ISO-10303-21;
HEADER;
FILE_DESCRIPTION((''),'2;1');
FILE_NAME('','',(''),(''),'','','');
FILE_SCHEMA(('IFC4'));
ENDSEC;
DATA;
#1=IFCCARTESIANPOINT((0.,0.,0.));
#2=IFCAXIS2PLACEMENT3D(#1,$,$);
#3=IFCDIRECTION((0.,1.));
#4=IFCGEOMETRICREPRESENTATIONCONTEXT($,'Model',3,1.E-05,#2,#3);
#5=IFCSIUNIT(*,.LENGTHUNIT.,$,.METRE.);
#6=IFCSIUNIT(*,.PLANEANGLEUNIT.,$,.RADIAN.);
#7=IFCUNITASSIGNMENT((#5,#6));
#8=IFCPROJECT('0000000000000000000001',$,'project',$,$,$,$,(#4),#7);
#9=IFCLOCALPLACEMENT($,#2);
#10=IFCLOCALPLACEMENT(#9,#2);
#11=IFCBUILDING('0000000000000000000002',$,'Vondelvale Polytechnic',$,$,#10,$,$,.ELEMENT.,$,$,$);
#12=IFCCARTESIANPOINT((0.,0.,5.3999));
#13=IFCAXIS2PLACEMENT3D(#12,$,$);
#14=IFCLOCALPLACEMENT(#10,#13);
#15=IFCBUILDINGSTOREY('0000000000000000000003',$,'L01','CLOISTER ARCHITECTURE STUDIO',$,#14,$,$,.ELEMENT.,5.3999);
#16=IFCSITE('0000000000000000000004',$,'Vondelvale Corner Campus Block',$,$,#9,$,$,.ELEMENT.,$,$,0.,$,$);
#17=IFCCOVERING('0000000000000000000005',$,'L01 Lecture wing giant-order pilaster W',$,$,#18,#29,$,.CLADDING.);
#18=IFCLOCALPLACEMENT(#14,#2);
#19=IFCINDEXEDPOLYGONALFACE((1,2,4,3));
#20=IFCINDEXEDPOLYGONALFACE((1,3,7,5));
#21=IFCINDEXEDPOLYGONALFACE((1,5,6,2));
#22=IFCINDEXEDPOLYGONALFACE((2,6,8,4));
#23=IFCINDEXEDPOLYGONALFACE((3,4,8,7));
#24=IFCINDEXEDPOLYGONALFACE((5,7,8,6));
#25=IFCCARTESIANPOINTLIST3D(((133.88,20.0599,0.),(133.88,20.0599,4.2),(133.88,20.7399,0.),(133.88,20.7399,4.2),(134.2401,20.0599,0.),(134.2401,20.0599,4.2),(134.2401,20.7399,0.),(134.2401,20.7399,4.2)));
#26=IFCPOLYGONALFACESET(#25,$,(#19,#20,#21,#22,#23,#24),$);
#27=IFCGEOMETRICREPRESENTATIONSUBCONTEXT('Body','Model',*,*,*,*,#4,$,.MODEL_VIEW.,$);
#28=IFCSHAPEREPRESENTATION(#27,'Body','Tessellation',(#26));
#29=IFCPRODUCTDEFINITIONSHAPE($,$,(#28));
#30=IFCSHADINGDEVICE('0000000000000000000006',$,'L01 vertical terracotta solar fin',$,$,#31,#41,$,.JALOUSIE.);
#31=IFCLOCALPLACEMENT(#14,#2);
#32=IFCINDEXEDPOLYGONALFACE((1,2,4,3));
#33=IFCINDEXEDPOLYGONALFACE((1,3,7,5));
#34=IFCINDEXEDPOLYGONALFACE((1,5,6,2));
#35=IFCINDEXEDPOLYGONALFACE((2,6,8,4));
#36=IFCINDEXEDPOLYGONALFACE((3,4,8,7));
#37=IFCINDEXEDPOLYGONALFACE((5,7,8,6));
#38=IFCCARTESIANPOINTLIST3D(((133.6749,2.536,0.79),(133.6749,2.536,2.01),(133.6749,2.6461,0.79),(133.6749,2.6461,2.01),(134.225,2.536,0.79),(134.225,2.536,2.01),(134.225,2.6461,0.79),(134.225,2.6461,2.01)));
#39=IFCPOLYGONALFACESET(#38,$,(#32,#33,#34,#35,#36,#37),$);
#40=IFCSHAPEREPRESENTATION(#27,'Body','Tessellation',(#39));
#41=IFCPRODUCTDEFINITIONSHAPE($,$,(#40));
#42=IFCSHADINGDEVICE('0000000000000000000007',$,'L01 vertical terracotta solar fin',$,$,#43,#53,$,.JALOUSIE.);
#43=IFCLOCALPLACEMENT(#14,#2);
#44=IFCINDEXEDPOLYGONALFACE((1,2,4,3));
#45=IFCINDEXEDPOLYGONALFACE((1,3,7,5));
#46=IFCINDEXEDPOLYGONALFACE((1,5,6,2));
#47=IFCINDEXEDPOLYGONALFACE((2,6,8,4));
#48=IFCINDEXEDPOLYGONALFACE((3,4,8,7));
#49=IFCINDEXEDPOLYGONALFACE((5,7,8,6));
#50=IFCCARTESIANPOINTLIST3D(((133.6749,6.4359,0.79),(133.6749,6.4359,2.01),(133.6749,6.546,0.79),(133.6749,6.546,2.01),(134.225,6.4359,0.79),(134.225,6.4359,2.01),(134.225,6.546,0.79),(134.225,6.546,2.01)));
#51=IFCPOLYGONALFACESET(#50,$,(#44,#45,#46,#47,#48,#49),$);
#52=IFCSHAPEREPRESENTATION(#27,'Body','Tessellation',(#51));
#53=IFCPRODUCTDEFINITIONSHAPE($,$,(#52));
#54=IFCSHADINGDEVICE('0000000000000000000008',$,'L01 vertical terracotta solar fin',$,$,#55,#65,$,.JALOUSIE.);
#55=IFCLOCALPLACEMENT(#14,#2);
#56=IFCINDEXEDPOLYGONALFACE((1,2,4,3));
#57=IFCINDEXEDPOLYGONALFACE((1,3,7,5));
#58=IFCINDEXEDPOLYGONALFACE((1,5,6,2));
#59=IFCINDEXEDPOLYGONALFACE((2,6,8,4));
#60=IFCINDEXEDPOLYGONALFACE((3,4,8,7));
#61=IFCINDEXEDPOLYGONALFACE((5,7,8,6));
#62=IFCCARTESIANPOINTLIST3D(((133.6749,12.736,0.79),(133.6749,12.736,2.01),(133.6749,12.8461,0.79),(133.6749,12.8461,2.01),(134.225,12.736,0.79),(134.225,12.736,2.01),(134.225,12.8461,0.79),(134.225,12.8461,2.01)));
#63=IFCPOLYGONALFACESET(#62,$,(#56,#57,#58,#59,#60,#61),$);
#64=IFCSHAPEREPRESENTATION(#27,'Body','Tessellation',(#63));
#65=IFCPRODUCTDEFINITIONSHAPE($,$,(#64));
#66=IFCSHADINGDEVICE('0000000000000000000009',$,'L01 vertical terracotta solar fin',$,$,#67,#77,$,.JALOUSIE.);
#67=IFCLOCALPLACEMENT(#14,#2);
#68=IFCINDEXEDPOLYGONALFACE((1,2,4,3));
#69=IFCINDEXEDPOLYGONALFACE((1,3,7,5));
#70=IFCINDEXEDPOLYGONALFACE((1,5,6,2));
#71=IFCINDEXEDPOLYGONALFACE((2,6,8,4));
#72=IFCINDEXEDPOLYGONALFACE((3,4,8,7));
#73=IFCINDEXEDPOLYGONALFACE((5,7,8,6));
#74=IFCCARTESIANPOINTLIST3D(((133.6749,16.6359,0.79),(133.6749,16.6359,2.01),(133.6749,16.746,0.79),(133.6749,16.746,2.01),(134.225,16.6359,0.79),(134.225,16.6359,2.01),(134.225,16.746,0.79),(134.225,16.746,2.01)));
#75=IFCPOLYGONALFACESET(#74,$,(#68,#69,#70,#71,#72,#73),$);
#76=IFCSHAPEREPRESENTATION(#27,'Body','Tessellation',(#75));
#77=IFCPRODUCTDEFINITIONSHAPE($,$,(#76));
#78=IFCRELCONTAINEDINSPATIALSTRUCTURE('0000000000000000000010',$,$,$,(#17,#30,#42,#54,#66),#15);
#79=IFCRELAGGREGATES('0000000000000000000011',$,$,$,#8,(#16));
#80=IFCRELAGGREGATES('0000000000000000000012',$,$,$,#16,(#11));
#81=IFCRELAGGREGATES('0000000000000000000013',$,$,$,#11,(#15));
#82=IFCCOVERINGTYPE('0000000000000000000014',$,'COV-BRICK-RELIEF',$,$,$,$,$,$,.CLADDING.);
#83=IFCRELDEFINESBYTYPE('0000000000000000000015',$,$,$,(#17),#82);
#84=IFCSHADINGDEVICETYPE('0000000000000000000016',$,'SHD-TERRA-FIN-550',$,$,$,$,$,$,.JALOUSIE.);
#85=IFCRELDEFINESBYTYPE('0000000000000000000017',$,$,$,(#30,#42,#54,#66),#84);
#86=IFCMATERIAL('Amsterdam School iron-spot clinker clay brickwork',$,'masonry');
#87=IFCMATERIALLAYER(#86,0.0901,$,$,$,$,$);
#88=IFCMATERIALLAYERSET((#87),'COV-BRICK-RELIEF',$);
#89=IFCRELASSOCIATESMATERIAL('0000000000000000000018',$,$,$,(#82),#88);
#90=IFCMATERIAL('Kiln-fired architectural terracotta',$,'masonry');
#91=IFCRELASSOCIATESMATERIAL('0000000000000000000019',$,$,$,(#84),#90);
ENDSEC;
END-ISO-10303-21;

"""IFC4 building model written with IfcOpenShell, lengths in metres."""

from ifc_helpers import new_model, si_unit, direction, frame, origin, origin_2d, place, context, subcontext, project, spatial, rectangle, extrude, material, layer, layer_set, type_object, element, save


model = new_model("IFC4")

# Units and contexts
model_context = context("Model", 3, precision=1e-05, world=origin(), true_north=direction((0.0, 1.0)))
body_context = subcontext(model_context, "Body", "Model", "MODEL_VIEW")
ifc_project = project(units=[si_unit("LENGTHUNIT", "METRE"), si_unit("PLANEANGLEUNIT", "RADIAN")], contexts=[model_context])

# Site, building, storey
site_placement = place(None, origin())
site = spatial("IfcSite", under=ifc_project, at=site_placement, Name="Vondelvale Corner Campus Block", CompositionType="ELEMENT", RefElevation=0.0)
building_placement = place(site_placement, origin())
building = spatial("IfcBuilding", under=site, at=building_placement, Name="Vondelvale Polytechnic", CompositionType="ELEMENT")
storey_placement = place(building_placement, frame((0.0, 0.0, 5.3999)))
storey = spatial("IfcBuildingStorey", under=building, at=storey_placement, Name="L01", Description="CLOISTER ARCHITECTURE STUDIO", CompositionType="ELEMENT", Elevation=5.3999)

# Shared definitions
ifc_material_1 = material(Name="Amsterdam School iron-spot clinker clay brickwork", Category="masonry")

# Covering
ifc_layer_1 = layer(ifc_material_1, 0.0901)
ifc_layer_set_1 = layer_set([ifc_layer_1], Name="COV-BRICK-RELIEF")
covering_type = type_object("IfcCoveringType", Name="COV-BRICK-RELIEF", PredefinedType="CLADDING", material=ifc_layer_set_1)
for number, where, z_axis, x_axis, name in (
    (1, (134.0601, 20.3999, 0.0), (0.0, 0.0, 1.0), (1.0, 0.0, 0.0), "L01 Lecture wing giant-order pilaster W"),
):
    element("IfcCovering", number, at=place(storey_placement, frame(where, z_axis=z_axis, x_axis=x_axis)), inside=storey, type_object=covering_type, Name=name, PredefinedType="CLADDING", context=body_context, shape_type="SweptSolid", body=[
        extrude(rectangle(XDim=0.3601, YDim=0.6799, at=origin_2d()), origin(), (0.0, 0.0, 1.0), 4.2),
    ])

# Shading devices
ifc_material_2 = material(Name="Kiln-fired architectural terracotta", Category="masonry")
shading_device_type = type_object("IfcShadingDeviceType", Name="SHD-TERRA-FIN-550", PredefinedType="JALOUSIE", material=ifc_material_2)
for number, where, z_axis, x_axis, name in (
    (2, (133.95, 2.5911, 0.79), (0.0, 0.0, 1.0), (0.0, 1.0, 0.0), "L01 vertical terracotta solar fin"),
    (3, (133.95, 6.491, 0.79), (0.0, 0.0, 1.0), (0.0, 1.0, 0.0), "L01 vertical terracotta solar fin"),
    (4, (133.95, 12.791, 0.79), (0.0, 0.0, 1.0), (0.0, 1.0, 0.0), "L01 vertical terracotta solar fin"),
    (5, (133.95, 16.6909, 0.79), (0.0, 0.0, 1.0), (0.0, 1.0, 0.0), "L01 vertical terracotta solar fin"),
):
    element("IfcShadingDevice", number, at=place(storey_placement, frame(where, z_axis=z_axis, x_axis=x_axis)), inside=storey, type_object=shading_device_type, Name=name, PredefinedType="JALOUSIE", context=body_context, shape_type="SweptSolid", body=[
        extrude(rectangle(XDim=0.1101, YDim=0.55, at=origin_2d()), origin(), (0.0, 0.0, 1.0), 1.22),
    ])

save(model, "model.ifc")
